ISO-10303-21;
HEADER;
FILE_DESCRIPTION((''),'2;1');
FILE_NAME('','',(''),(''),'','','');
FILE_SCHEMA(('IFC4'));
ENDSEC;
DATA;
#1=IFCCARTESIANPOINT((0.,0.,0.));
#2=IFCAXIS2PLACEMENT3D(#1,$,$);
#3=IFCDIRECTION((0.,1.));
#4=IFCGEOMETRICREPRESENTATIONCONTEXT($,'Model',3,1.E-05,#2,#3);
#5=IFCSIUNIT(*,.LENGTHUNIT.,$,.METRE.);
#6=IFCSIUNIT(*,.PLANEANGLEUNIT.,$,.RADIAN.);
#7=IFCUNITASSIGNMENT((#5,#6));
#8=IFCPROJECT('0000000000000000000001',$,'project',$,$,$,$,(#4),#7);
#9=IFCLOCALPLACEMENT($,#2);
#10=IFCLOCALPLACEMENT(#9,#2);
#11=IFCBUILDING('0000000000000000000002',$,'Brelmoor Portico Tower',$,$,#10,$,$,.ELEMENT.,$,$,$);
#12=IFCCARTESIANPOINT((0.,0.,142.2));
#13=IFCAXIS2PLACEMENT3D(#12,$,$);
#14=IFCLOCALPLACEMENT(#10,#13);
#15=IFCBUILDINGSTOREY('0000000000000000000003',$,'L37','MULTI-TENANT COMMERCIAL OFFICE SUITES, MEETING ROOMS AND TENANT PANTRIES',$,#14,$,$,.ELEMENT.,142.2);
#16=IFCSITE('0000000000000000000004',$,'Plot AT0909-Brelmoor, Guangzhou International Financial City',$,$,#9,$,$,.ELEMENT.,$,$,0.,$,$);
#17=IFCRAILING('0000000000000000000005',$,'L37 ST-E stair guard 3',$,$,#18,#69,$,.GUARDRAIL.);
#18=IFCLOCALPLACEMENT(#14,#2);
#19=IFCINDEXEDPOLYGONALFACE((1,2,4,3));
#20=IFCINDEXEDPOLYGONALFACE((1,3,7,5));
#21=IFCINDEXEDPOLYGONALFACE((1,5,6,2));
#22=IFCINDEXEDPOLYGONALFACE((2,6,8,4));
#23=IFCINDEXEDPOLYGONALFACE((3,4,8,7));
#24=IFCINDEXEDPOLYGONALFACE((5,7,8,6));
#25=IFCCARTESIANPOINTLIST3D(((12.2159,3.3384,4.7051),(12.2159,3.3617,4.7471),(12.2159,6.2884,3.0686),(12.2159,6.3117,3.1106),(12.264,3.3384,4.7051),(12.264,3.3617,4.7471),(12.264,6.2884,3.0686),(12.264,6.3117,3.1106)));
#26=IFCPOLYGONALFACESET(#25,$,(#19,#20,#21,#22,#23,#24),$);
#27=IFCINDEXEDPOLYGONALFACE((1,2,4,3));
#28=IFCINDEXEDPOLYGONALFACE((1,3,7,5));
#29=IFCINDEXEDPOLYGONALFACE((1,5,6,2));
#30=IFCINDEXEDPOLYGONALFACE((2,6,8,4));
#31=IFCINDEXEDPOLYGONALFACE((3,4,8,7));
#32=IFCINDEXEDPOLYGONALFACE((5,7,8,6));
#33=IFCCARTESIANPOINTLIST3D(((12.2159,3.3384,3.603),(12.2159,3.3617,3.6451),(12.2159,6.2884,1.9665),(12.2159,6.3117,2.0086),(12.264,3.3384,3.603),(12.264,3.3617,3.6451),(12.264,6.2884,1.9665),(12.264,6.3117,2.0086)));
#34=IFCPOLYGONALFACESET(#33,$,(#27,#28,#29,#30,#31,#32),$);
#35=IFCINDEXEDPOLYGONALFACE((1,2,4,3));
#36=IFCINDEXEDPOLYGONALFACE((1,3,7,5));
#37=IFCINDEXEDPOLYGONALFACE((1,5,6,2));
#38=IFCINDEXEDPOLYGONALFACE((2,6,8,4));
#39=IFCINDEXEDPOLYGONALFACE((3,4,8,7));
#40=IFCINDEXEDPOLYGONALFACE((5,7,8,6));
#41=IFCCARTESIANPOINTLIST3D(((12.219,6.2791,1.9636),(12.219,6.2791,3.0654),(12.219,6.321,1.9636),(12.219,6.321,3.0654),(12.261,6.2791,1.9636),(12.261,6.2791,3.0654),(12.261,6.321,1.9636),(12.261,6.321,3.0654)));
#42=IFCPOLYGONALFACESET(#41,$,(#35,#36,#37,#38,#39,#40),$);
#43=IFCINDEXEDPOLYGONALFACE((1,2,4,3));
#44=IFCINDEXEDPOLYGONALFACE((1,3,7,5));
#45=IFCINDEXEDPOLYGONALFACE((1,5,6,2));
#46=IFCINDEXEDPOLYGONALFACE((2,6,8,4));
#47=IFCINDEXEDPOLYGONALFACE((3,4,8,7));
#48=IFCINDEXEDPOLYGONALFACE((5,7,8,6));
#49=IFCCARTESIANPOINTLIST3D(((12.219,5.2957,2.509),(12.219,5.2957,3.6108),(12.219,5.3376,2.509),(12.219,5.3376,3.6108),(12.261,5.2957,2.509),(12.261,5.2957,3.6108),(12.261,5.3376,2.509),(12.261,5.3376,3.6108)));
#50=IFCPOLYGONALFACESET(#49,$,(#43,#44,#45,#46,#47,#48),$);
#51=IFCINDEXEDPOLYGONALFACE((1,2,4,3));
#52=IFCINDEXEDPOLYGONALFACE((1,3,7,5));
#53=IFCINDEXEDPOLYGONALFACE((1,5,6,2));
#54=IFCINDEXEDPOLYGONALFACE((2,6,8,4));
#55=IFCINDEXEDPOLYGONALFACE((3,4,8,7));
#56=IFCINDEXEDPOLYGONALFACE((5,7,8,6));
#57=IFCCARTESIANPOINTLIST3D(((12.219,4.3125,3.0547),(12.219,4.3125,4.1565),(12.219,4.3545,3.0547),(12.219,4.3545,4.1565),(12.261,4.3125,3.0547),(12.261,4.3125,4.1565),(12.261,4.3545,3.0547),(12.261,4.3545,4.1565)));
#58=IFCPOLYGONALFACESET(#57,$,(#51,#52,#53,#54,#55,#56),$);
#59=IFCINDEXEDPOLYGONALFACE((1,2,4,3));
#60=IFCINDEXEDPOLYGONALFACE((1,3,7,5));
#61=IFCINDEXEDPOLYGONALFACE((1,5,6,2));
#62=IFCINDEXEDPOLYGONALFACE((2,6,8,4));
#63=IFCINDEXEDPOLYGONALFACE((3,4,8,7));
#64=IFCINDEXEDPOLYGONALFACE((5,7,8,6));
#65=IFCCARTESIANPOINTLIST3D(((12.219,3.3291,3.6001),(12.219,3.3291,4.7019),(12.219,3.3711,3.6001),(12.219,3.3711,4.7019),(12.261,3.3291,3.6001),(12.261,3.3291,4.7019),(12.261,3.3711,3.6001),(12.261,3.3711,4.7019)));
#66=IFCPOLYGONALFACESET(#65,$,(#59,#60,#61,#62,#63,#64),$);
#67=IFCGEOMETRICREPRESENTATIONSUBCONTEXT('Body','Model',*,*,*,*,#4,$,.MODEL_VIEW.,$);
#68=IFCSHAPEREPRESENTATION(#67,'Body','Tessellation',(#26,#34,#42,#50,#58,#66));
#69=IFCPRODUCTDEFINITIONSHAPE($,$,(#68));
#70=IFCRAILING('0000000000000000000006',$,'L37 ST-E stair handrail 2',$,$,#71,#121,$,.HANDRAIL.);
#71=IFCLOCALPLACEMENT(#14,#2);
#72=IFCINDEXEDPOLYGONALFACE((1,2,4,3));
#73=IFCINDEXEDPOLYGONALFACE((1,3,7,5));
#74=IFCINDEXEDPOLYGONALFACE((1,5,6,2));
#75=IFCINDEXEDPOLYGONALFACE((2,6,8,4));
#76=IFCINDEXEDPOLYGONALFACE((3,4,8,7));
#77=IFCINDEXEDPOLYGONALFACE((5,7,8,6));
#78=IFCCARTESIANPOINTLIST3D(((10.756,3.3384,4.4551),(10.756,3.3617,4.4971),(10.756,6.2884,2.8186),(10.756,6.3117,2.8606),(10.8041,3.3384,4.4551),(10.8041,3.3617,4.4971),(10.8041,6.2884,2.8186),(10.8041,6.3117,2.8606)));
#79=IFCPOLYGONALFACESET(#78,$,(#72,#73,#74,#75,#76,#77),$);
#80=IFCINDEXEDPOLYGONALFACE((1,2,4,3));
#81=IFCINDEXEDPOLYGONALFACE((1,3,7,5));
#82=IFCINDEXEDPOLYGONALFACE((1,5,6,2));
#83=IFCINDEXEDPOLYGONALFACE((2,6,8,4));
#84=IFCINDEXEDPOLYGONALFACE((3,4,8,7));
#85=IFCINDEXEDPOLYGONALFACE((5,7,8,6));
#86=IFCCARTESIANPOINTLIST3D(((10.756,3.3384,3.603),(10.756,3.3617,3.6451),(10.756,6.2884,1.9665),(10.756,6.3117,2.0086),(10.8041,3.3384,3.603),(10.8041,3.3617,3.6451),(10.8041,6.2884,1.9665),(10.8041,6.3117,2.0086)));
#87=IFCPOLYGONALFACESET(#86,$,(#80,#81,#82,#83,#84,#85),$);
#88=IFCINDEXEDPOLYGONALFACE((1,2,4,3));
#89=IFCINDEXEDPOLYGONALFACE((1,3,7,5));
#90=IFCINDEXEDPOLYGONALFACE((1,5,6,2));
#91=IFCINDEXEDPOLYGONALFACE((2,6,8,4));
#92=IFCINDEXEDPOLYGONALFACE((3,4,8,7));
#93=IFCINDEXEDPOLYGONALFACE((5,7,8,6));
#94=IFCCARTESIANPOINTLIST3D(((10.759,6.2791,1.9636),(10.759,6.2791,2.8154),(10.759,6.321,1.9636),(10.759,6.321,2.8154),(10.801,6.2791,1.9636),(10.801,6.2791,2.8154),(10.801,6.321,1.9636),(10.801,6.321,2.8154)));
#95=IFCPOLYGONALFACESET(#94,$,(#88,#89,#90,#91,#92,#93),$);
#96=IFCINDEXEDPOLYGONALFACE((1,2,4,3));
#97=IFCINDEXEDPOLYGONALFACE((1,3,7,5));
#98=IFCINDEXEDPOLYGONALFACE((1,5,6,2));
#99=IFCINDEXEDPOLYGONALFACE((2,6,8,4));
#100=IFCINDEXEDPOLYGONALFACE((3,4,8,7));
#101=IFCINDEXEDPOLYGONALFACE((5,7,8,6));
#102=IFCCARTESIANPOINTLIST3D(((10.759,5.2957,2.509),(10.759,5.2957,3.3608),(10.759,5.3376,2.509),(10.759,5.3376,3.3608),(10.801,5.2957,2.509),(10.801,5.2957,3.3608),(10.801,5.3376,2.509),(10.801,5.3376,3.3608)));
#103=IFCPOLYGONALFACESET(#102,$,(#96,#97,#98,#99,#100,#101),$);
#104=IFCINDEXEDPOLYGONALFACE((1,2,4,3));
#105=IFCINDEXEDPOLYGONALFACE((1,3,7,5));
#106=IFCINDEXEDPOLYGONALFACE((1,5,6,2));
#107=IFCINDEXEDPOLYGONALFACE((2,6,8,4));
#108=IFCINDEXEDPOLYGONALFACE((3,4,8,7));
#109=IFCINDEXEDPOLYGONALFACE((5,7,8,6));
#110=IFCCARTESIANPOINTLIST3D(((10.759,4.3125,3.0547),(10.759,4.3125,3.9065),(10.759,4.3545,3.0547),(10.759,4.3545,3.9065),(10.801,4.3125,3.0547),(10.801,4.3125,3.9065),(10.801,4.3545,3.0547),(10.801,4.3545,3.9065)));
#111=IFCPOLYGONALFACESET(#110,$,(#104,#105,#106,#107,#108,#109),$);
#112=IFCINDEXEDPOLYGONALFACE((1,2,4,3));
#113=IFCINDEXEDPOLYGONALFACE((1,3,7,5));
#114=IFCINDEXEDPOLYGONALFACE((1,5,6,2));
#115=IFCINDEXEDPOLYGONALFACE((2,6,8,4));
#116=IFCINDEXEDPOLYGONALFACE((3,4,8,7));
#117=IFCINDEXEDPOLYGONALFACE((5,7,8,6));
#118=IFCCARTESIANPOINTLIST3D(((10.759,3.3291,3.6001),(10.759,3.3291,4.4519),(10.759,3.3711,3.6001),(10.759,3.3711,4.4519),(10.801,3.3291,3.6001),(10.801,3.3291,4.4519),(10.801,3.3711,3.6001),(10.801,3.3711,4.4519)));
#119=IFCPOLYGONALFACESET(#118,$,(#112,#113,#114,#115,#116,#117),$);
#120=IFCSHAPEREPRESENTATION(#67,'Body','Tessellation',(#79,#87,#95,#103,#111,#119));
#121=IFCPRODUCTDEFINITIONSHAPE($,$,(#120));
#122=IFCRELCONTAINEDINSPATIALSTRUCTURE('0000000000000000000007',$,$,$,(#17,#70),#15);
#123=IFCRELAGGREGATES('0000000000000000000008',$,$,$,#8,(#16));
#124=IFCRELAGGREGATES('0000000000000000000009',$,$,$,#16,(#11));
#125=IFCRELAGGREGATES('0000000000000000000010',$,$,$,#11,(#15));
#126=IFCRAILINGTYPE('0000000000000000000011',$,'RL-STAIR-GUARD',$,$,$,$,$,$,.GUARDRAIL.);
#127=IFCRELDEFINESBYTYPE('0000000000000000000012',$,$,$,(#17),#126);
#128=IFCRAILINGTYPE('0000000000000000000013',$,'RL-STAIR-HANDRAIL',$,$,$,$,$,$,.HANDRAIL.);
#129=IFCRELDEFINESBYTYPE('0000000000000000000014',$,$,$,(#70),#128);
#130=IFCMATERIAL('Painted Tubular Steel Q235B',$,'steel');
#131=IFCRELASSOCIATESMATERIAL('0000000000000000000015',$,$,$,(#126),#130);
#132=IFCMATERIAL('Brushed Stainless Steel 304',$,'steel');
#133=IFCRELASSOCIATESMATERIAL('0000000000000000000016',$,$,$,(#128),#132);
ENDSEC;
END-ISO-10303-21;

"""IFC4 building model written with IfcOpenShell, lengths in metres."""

from ifc_helpers import new_model, si_unit, direction, frame, origin, origin_2d, place, context, subcontext, project, spatial, rectangle, extrude, material, type_object, element, save


model = new_model("IFC4")

# Units and contexts
model_context = context("Model", 3, precision=1e-05, world=origin(), true_north=direction((0.0, 1.0)))
body_context = subcontext(model_context, "Body", "Model", "MODEL_VIEW")
ifc_project = project(units=[si_unit("LENGTHUNIT", "METRE"), si_unit("PLANEANGLEUNIT", "RADIAN")], contexts=[model_context])

# Site, building, storey
site_placement = place(None, origin())
site = spatial("IfcSite", under=ifc_project, at=site_placement, Name="Plot AT0909-Brelmoor, Guangzhou International Financial City", CompositionType="ELEMENT", RefElevation=0.0)
building_placement = place(site_placement, origin())
building = spatial("IfcBuilding", under=site, at=building_placement, Name="Brelmoor Portico Tower", CompositionType="ELEMENT")
storey_placement = place(building_placement, frame((0.0, 0.0, 142.2)))
storey = spatial("IfcBuildingStorey", under=building, at=storey_placement, Name="L37", Description="MULTI-TENANT COMMERCIAL OFFICE SUITES, MEETING ROOMS AND TENANT PANTRIES", CompositionType="ELEMENT", Elevation=142.2)

# Railings
ifc_material_1 = material(Name="Painted Tubular Steel Q235B", Category="steel")
railing_type_1 = type_object("IfcRailingType", Name="RL-STAIR-GUARD", PredefinedType="GUARDRAIL", material=ifc_material_1)
railing_1_placement = place(storey_placement, frame((12.24, 6.3, 1.9636)))
element("IfcRailing", 1, at=railing_1_placement, inside=storey, type_object=railing_type_1, Name="L37 ST-E stair guard 3", PredefinedType="GUARDRAIL", context=body_context, shape_type="SweptSolid", body=[
    extrude(rectangle(XDim=0.0481, YDim=0.0481, at=origin_2d()), frame((0.0, 0.0, 1.126), z_axis=(0.0, -0.874458, 0.485102), x_axis=(1.0, 0.0, 0.0)), (0.0, 0.0, 1.0), 3.3735),
    extrude(rectangle(XDim=0.0481, YDim=0.0481, at=origin_2d()), frame((0.0, 0.0, 0.0239), z_axis=(0.0, -0.874458, 0.485102), x_axis=(1.0, 0.0, 0.0)), (0.0, 0.0, 1.0), 3.3735),
    extrude(rectangle(XDim=0.042, YDim=0.042, at=origin_2d()), origin(), (0.0, 0.0, 1.0), 1.1018),
    extrude(rectangle(XDim=0.042, YDim=0.042, at=origin_2d()), frame((0.0, -0.9834, 0.5454)), (0.0, 0.0, 1.0), 1.1018),
    extrude(rectangle(XDim=0.042, YDim=0.042, at=origin_2d()), frame((0.0, -1.9666, 1.0911)), (0.0, 0.0, 1.0), 1.1018),
    extrude(rectangle(XDim=0.042, YDim=0.042, at=origin_2d()), frame((0.0, -2.95, 1.6365)), (0.0, 0.0, 1.0), 1.1018),
])
ifc_material_2 = material(Name="Brushed Stainless Steel 304", Category="steel")
railing_type_2 = type_object("IfcRailingType", Name="RL-STAIR-HANDRAIL", PredefinedType="HANDRAIL", material=ifc_material_2)
railing_2_placement = place(storey_placement, frame((10.78, 6.3, 1.9636)))
element("IfcRailing", 2, at=railing_2_placement, inside=storey, type_object=railing_type_2, Name="L37 ST-E stair handrail 2", PredefinedType="HANDRAIL", context=body_context, shape_type="SweptSolid", body=[
    extrude(rectangle(XDim=0.0481, YDim=0.0481, at=origin_2d()), frame((0.0, 0.0, 0.876), z_axis=(0.0, -0.874458, 0.485102), x_axis=(1.0, 0.0, 0.0)), (0.0, 0.0, 1.0), 3.3735),
    extrude(rectangle(XDim=0.0481, YDim=0.0481, at=origin_2d()), frame((0.0, 0.0, 0.0239), z_axis=(0.0, -0.874458, 0.485102), x_axis=(1.0, 0.0, 0.0)), (0.0, 0.0, 1.0), 3.3735),
    extrude(rectangle(XDim=0.042, YDim=0.042, at=origin_2d()), origin(), (0.0, 0.0, 1.0), 0.8518),
    extrude(rectangle(XDim=0.042, YDim=0.042, at=origin_2d()), frame((0.0, -0.9834, 0.5454)), (0.0, 0.0, 1.0), 0.8518),
    extrude(rectangle(XDim=0.042, YDim=0.042, at=origin_2d()), frame((0.0, -1.9666, 1.0911)), (0.0, 0.0, 1.0), 0.8518),
    extrude(rectangle(XDim=0.042, YDim=0.042, at=origin_2d()), frame((0.0, -2.95, 1.6365)), (0.0, 0.0, 1.0), 0.8518),
])

save(model, "model.ifc")
